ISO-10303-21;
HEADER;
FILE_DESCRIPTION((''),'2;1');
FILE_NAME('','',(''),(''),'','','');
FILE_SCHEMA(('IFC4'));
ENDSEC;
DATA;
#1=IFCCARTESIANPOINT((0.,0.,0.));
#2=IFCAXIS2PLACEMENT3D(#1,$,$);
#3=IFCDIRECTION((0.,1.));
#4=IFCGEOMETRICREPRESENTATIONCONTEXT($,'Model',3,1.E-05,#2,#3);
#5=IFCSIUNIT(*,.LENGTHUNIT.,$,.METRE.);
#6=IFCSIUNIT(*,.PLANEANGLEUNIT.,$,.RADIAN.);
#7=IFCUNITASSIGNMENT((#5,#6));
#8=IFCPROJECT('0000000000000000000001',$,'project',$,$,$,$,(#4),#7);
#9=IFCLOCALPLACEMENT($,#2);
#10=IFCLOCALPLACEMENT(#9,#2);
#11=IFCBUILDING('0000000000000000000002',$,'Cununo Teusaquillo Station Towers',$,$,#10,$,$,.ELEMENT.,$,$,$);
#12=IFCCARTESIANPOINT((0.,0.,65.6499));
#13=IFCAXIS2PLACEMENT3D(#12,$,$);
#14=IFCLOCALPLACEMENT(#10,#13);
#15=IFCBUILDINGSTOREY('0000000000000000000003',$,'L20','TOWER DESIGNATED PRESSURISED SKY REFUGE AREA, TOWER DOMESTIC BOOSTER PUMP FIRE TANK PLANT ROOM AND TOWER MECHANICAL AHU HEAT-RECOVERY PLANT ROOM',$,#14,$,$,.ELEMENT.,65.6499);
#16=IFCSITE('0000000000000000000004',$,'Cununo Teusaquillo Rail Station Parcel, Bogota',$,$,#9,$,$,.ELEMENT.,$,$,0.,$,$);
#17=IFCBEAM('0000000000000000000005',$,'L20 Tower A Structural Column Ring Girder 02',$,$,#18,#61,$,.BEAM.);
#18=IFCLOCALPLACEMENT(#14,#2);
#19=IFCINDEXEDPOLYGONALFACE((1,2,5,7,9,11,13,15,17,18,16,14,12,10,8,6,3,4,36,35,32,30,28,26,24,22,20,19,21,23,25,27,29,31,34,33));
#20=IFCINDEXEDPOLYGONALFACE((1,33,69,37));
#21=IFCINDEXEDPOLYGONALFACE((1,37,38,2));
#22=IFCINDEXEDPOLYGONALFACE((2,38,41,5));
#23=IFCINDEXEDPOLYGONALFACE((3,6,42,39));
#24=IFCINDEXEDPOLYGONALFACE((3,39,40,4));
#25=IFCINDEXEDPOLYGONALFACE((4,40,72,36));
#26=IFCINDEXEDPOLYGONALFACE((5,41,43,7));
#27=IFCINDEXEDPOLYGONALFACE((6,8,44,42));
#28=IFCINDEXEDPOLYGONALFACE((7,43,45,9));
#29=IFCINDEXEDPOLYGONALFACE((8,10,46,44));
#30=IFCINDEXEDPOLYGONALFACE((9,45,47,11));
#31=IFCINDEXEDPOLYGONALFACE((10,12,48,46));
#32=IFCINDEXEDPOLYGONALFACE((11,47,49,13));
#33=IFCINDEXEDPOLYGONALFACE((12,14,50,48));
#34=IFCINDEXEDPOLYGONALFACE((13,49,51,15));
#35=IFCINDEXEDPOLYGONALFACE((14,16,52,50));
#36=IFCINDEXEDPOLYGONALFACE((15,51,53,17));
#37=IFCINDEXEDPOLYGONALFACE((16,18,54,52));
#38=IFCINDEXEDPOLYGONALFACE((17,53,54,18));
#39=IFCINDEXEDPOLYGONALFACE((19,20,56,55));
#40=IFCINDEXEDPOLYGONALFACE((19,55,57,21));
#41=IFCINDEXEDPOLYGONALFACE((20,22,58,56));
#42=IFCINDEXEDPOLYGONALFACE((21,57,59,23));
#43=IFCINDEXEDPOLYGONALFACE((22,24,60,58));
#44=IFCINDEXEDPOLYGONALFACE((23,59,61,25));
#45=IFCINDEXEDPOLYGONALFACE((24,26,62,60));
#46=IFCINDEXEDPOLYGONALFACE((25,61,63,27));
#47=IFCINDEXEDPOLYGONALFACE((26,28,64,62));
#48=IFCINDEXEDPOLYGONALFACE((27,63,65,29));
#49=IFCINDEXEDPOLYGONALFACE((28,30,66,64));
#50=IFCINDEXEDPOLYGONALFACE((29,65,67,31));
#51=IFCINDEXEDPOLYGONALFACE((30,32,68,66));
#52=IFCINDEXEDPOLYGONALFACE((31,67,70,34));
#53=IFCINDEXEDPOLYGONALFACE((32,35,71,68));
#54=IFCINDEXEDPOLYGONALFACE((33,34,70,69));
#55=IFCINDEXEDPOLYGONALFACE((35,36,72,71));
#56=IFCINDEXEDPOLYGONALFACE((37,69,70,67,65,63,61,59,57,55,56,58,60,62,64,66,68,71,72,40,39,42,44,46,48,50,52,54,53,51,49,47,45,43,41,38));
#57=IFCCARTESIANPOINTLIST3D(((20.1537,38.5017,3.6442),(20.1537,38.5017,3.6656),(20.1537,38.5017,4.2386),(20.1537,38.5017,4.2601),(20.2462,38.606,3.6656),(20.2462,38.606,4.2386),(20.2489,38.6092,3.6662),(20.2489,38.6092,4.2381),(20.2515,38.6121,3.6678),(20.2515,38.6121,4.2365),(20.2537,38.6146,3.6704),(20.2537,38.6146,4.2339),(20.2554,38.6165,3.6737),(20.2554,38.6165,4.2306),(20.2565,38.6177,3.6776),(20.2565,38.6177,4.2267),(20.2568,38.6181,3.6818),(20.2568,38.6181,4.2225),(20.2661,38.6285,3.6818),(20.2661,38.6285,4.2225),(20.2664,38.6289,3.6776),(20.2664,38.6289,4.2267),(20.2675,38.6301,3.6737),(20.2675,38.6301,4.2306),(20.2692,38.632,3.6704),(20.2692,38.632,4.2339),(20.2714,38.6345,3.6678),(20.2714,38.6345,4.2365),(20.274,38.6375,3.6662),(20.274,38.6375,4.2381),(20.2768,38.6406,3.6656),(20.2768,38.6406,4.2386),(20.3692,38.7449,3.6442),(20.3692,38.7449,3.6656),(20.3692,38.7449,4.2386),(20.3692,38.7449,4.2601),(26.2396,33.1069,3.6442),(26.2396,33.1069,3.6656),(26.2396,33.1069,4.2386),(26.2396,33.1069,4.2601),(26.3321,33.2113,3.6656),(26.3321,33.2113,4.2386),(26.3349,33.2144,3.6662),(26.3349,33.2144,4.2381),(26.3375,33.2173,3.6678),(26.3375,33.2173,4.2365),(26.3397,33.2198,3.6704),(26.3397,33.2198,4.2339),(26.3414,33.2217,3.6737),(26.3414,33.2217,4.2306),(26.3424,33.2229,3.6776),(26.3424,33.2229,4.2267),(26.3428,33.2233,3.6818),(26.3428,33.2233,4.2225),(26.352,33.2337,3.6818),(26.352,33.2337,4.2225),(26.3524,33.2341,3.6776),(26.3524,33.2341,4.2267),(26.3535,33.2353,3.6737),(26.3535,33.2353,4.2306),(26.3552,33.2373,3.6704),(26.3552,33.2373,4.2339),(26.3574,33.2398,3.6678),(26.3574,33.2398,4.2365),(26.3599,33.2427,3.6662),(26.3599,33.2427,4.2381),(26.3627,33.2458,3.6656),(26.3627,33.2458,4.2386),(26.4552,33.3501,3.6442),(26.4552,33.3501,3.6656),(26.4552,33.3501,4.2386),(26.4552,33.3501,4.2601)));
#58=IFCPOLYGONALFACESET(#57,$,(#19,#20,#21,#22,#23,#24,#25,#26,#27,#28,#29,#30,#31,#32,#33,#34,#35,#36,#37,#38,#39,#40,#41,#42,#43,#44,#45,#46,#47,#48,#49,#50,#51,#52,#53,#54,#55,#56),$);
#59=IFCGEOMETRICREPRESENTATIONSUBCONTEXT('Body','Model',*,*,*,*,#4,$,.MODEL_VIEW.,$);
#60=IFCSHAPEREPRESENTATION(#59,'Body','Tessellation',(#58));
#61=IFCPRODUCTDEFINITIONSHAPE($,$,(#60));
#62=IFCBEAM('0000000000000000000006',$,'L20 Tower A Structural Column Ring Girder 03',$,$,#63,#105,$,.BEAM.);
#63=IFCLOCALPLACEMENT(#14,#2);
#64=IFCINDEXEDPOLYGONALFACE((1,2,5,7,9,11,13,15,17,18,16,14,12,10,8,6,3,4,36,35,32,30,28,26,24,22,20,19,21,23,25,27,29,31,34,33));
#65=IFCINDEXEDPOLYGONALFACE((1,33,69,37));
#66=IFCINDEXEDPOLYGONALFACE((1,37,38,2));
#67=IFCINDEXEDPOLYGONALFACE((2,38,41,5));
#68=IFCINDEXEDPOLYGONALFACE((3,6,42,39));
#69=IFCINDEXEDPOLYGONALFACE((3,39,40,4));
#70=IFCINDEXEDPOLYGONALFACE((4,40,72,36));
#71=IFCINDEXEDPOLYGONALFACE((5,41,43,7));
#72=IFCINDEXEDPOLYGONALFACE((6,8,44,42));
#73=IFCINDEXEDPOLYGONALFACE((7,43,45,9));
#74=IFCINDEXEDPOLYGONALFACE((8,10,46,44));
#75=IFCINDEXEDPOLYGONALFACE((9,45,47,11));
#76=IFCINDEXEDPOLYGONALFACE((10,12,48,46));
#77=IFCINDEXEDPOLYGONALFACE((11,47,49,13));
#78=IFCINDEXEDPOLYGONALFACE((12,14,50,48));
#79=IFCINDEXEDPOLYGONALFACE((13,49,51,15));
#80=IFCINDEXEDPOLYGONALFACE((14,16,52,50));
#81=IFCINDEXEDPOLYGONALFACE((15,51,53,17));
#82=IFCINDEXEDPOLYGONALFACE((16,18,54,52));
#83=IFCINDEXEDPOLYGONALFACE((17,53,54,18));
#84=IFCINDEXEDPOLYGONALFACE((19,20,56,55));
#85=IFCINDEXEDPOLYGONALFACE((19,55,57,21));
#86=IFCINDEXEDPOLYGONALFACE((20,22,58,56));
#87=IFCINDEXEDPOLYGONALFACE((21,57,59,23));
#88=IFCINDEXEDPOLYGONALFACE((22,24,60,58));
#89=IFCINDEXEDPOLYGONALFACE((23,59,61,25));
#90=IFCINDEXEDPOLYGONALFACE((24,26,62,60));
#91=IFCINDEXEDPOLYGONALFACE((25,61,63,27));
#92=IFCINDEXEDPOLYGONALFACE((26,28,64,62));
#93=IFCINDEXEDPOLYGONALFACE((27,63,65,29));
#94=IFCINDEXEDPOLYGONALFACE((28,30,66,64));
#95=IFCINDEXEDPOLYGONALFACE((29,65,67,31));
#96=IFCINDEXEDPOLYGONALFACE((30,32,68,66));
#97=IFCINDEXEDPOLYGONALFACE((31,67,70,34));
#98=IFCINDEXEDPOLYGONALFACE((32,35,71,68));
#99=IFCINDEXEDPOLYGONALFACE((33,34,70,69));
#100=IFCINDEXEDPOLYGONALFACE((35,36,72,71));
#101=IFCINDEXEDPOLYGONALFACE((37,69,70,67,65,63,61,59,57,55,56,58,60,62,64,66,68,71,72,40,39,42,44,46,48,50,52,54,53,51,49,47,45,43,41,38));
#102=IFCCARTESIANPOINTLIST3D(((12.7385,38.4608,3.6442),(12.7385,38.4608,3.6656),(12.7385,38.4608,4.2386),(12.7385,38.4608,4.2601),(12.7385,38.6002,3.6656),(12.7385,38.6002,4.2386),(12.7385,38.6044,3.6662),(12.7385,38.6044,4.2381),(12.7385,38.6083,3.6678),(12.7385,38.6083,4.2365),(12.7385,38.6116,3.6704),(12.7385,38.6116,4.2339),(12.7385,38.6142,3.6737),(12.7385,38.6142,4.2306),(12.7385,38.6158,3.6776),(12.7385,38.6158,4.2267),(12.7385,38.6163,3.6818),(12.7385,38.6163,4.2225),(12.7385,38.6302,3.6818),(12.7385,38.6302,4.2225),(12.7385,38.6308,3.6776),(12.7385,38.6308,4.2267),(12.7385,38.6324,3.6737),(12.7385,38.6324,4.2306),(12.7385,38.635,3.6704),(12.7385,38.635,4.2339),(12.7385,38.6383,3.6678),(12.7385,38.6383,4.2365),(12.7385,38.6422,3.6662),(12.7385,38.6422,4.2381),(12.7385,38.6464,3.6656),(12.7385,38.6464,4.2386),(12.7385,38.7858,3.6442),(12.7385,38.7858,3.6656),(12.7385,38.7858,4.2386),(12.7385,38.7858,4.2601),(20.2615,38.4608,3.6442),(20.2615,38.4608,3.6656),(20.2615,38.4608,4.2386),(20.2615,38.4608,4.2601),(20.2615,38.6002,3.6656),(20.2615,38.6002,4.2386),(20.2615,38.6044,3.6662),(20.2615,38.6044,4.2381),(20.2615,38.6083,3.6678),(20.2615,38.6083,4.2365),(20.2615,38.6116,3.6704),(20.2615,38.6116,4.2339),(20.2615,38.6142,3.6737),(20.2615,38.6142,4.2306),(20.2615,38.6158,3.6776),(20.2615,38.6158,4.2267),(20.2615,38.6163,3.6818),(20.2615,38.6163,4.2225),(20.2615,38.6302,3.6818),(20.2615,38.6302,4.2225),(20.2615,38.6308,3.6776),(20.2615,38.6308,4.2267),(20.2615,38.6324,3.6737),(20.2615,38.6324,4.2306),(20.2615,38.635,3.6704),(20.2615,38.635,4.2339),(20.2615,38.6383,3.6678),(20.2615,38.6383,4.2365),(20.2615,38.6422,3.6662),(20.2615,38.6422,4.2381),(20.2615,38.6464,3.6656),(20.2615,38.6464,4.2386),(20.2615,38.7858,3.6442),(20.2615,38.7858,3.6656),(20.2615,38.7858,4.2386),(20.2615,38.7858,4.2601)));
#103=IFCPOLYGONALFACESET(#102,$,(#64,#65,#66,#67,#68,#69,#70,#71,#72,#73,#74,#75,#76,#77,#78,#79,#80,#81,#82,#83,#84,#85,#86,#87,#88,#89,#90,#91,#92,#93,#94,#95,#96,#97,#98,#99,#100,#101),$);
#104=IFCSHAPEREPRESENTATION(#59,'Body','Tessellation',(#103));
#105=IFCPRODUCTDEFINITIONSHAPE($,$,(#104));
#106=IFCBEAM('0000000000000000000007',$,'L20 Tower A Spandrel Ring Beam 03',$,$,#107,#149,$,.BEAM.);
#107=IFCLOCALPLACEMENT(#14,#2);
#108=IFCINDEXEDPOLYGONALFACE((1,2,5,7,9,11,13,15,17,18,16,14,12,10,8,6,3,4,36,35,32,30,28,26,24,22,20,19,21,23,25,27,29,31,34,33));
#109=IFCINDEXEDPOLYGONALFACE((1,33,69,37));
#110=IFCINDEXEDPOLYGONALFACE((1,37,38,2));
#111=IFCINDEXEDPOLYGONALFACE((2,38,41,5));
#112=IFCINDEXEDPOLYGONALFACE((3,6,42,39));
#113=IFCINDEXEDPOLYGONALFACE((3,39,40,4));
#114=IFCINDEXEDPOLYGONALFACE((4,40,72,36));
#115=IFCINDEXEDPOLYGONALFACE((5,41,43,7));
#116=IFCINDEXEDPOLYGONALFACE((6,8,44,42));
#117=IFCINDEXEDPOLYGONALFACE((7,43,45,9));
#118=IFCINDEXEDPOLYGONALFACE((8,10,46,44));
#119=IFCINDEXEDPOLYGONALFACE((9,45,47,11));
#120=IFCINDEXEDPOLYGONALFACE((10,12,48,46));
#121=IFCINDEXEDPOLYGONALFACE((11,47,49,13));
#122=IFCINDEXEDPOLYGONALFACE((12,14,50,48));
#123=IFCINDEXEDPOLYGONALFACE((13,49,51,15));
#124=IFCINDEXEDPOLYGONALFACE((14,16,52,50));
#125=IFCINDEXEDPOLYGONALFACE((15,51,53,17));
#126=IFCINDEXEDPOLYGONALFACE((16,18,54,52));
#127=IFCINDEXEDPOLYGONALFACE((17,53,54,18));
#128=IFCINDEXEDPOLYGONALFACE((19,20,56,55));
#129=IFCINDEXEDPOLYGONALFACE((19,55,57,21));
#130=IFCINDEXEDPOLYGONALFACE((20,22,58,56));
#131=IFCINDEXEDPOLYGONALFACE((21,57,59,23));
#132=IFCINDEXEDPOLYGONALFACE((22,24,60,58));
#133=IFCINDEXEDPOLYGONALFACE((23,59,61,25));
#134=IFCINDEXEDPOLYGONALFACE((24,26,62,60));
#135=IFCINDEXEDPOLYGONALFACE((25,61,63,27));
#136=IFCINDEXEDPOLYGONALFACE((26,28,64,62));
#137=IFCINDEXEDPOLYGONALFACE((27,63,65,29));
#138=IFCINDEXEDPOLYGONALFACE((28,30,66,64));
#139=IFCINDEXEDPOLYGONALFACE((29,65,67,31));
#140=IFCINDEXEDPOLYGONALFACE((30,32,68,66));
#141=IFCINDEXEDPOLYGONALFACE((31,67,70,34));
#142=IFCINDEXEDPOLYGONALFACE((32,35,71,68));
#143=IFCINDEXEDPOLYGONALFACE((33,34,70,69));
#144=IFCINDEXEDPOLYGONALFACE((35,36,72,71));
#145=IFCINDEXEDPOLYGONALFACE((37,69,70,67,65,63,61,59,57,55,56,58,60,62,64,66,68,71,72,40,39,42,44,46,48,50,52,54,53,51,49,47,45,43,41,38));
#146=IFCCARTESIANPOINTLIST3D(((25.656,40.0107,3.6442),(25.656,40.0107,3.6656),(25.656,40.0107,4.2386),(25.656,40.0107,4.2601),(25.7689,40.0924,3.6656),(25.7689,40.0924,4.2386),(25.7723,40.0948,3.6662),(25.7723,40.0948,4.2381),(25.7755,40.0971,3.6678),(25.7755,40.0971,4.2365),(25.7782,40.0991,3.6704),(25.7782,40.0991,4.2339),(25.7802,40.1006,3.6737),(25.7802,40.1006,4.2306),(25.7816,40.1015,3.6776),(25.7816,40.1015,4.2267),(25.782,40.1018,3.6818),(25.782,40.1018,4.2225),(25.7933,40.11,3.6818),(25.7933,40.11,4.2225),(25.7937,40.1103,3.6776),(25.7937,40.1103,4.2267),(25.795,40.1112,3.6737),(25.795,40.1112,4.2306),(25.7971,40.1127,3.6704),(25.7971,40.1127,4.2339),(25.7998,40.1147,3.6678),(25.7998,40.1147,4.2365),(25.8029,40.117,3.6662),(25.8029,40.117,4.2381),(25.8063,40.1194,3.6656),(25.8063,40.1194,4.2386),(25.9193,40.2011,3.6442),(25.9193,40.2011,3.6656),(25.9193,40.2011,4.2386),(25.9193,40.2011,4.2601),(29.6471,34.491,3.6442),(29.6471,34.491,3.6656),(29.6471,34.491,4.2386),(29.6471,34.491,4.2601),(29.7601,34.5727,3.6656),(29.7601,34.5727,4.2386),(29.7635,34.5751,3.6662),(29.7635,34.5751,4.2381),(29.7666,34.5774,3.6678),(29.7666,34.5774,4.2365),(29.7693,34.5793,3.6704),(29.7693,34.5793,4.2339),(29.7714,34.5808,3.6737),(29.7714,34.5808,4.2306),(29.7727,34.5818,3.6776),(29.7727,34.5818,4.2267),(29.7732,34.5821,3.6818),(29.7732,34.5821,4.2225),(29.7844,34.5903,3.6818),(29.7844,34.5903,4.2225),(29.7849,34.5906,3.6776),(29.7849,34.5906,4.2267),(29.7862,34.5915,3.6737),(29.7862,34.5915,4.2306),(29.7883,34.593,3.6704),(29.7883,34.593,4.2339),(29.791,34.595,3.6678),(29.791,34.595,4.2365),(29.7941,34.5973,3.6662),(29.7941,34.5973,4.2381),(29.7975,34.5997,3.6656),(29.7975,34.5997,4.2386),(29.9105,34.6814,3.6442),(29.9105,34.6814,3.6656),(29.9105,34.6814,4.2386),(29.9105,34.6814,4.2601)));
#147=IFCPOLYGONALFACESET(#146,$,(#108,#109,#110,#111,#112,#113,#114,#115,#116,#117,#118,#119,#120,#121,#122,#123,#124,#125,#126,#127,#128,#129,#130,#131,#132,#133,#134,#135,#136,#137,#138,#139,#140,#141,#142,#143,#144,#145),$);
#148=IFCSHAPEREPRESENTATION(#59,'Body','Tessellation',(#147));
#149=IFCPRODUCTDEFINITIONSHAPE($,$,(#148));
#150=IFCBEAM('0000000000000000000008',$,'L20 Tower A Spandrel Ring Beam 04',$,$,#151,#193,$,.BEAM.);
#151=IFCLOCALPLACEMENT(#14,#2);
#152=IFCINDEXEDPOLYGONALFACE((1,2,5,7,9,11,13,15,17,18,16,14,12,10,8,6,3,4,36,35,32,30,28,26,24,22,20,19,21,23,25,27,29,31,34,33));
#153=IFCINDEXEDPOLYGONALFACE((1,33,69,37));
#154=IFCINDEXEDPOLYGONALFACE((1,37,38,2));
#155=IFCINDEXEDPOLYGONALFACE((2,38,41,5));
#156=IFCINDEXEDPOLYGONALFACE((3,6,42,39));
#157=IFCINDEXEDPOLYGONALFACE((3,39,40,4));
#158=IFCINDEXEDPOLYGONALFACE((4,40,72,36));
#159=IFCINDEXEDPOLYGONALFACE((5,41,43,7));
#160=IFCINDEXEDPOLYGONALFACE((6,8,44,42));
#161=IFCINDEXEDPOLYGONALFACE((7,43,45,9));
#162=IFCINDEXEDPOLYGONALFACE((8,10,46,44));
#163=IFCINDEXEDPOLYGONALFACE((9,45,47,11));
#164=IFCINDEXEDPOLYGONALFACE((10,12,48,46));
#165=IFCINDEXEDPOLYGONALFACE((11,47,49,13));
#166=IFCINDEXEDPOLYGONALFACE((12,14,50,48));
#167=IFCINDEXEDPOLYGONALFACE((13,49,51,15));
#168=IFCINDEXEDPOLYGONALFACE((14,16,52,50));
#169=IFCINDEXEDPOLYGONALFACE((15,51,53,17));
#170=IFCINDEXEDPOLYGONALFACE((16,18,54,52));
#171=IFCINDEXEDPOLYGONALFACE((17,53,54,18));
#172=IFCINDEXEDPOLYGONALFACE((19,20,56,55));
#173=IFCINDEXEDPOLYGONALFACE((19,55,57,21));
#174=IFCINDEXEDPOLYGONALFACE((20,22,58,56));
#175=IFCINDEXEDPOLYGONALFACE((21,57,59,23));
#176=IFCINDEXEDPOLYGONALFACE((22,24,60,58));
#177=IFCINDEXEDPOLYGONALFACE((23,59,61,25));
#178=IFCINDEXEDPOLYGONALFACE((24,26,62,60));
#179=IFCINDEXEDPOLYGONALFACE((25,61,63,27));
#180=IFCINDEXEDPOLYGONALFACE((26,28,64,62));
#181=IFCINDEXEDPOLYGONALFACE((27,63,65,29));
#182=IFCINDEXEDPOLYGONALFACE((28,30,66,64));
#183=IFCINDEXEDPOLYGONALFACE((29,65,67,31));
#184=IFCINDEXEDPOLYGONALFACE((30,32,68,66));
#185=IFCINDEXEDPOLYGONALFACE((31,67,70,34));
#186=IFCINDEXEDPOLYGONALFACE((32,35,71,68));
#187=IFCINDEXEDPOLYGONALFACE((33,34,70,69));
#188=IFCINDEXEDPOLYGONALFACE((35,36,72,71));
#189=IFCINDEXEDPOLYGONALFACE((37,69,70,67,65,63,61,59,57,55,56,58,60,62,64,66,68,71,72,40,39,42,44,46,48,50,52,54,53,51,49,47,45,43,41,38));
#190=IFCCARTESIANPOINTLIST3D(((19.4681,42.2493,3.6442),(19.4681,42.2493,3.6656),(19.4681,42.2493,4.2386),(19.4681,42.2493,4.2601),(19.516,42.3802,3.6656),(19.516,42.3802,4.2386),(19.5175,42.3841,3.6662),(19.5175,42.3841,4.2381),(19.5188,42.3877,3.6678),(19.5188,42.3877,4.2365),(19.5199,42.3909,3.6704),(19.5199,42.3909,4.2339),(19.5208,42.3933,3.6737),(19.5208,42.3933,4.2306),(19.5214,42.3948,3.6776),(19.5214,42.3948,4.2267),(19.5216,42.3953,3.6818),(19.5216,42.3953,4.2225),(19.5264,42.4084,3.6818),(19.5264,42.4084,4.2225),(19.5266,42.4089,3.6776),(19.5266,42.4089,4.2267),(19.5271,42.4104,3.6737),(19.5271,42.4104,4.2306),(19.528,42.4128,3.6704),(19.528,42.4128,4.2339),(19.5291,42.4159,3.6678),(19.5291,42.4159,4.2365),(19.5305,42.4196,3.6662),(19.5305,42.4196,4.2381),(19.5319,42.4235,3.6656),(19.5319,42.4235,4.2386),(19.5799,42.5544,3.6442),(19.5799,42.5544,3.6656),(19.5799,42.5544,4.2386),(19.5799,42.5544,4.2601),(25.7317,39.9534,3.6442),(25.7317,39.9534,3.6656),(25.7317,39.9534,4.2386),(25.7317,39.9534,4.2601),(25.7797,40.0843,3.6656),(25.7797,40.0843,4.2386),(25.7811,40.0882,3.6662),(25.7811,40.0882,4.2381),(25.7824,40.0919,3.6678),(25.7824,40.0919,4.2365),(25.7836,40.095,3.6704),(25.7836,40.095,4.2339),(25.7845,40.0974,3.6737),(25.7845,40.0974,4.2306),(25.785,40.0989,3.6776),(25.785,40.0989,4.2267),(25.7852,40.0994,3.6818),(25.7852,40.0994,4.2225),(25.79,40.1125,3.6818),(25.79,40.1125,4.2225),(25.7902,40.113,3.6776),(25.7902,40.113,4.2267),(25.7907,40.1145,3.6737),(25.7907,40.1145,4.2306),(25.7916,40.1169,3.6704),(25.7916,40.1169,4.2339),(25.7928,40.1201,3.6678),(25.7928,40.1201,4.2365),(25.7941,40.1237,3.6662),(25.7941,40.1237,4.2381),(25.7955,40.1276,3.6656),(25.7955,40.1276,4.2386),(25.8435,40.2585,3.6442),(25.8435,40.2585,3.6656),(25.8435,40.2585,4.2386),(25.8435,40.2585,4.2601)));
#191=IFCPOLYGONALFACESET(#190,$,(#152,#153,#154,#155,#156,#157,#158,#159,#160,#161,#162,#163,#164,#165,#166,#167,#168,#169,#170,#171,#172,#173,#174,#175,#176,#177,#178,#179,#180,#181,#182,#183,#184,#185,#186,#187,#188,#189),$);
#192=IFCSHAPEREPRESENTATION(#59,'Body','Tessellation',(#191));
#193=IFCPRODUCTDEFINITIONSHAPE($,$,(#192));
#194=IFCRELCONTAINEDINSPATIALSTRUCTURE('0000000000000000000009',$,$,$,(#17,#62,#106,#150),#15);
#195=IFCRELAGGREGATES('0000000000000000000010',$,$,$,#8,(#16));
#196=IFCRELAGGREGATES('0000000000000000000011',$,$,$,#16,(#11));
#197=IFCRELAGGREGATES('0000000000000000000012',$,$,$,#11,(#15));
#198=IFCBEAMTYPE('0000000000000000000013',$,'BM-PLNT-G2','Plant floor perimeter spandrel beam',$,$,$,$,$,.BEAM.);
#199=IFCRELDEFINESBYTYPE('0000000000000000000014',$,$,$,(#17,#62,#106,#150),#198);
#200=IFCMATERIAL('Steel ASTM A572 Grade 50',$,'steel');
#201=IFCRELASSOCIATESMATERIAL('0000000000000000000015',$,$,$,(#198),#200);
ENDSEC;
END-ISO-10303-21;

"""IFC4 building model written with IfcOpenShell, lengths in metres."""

from ifc_helpers import new_model, si_unit, direction, frame, origin, origin_2d, place, context, subcontext, project, spatial, i_section, extrude, material, material_profile, profile_set, type_object, element, save


model = new_model("IFC4")

# Units and contexts
model_context = context("Model", 3, precision=1e-05, world=origin(), true_north=direction((0.0, 1.0)))
body_context = subcontext(model_context, "Body", "Model", "MODEL_VIEW")
ifc_project = project(units=[si_unit("LENGTHUNIT", "METRE"), si_unit("PLANEANGLEUNIT", "RADIAN")], contexts=[model_context])

# Site, building, storey
site_placement = place(None, origin())
site = spatial("IfcSite", under=ifc_project, at=site_placement, Name="Cununo Teusaquillo Rail Station Parcel, Bogota", CompositionType="ELEMENT", RefElevation=0.0)
building_placement = place(site_placement, origin())
building = spatial("IfcBuilding", under=site, at=building_placement, Name="Cununo Teusaquillo Station Towers", CompositionType="ELEMENT")
storey_placement = place(building_placement, frame((0.0, 0.0, 65.6499)))
storey = spatial("IfcBuildingStorey", under=building, at=storey_placement, Name="L20", Description="TOWER DESIGNATED PRESSURISED SKY REFUGE AREA, TOWER DOMESTIC BOOSTER PUMP FIRE TANK PLANT ROOM AND TOWER MECHANICAL AHU HEAT-RECOVERY PLANT ROOM", CompositionType="ELEMENT", Elevation=65.6499)

# Beams
ifc_material_1 = material(Name="Steel ASTM A572 Grade 50", Category="steel")
ifc_material_profile_1 = material_profile(ifc_material_1, i_section(OverallWidth=0.325, OverallDepth=0.616, WebThickness=0.0139, FlangeThickness=0.0215, FilletRadius=0.0161, at=origin_2d()), Name="W24X117")
ifc_profile_set_1 = profile_set([ifc_material_profile_1], Name="Steel ASTM A572 Grade 50")
beam_type_1 = type_object("IfcBeamType", Name="BM-PLNT-G2", Description="Plant floor perimeter spandrel beam", PredefinedType="BEAM", material=ifc_profile_set_1)
beam_1_placement = place(storey_placement, frame((26.3474, 33.2285, 3.9521), z_axis=(-0.748321, 0.663337, 0.0), x_axis=(-0.663337, -0.748321, 0.0)))
element("IfcBeam", 1, at=beam_1_placement, inside=storey, type_object=beam_type_1, Name="L20 Tower A Structural Column Ring Girder 02", PredefinedType="BEAM", context=body_context, shape_type="SweptSolid", body=[
    extrude(i_section(OverallWidth=0.325, OverallDepth=0.616, WebThickness=0.0139, FlangeThickness=0.0215, FilletRadius=0.0161, at=origin_2d()), origin(), (0.0, 0.0, 1.0), 8.1328),
])
beam_2_placement = place(storey_placement, frame((20.2615, 38.6233, 3.9521), z_axis=(-1.0, 0.0, 0.0), x_axis=(0.0, -1.0, 0.0)))
element("IfcBeam", 2, at=beam_2_placement, inside=storey, type_object=beam_type_1, Name="L20 Tower A Structural Column Ring Girder 03", PredefinedType="BEAM", context=body_context, shape_type="SweptSolid", body=[
    extrude(i_section(OverallWidth=0.325, OverallDepth=0.616, WebThickness=0.0139, FlangeThickness=0.0215, FilletRadius=0.0161, at=origin_2d()), origin(), (0.0, 0.0, 1.0), 7.5229),
])
beam_3_placement = place(storey_placement, frame((29.7788, 34.5862, 3.9521), z_axis=(-0.585945, 0.810351, 0.0), x_axis=(-0.810351, -0.585945, 0.0)))
element("IfcBeam", 3, at=beam_3_placement, inside=storey, type_object=beam_type_1, Name="L20 Tower A Spandrel Ring Beam 03", PredefinedType="BEAM", context=body_context, shape_type="SweptSolid", body=[
    extrude(i_section(OverallWidth=0.325, OverallDepth=0.616, WebThickness=0.0139, FlangeThickness=0.0215, FilletRadius=0.0161, at=origin_2d()), origin(), (0.0, 0.0, 1.0), 6.8115),
])
beam_4_placement = place(storey_placement, frame((25.7876, 40.106, 3.9521), z_axis=(-0.938914, 0.344151, 0.0), x_axis=(-0.344151, -0.938914, 0.0)))
element("IfcBeam", 4, at=beam_4_placement, inside=storey, type_object=beam_type_1, Name="L20 Tower A Spandrel Ring Beam 04", PredefinedType="BEAM", context=body_context, shape_type="SweptSolid", body=[
    extrude(i_section(OverallWidth=0.325, OverallDepth=0.616, WebThickness=0.0139, FlangeThickness=0.0215, FilletRadius=0.0161, at=origin_2d()), origin(), (0.0, 0.0, 1.0), 6.6711),
])

save(model, "model.ifc")
